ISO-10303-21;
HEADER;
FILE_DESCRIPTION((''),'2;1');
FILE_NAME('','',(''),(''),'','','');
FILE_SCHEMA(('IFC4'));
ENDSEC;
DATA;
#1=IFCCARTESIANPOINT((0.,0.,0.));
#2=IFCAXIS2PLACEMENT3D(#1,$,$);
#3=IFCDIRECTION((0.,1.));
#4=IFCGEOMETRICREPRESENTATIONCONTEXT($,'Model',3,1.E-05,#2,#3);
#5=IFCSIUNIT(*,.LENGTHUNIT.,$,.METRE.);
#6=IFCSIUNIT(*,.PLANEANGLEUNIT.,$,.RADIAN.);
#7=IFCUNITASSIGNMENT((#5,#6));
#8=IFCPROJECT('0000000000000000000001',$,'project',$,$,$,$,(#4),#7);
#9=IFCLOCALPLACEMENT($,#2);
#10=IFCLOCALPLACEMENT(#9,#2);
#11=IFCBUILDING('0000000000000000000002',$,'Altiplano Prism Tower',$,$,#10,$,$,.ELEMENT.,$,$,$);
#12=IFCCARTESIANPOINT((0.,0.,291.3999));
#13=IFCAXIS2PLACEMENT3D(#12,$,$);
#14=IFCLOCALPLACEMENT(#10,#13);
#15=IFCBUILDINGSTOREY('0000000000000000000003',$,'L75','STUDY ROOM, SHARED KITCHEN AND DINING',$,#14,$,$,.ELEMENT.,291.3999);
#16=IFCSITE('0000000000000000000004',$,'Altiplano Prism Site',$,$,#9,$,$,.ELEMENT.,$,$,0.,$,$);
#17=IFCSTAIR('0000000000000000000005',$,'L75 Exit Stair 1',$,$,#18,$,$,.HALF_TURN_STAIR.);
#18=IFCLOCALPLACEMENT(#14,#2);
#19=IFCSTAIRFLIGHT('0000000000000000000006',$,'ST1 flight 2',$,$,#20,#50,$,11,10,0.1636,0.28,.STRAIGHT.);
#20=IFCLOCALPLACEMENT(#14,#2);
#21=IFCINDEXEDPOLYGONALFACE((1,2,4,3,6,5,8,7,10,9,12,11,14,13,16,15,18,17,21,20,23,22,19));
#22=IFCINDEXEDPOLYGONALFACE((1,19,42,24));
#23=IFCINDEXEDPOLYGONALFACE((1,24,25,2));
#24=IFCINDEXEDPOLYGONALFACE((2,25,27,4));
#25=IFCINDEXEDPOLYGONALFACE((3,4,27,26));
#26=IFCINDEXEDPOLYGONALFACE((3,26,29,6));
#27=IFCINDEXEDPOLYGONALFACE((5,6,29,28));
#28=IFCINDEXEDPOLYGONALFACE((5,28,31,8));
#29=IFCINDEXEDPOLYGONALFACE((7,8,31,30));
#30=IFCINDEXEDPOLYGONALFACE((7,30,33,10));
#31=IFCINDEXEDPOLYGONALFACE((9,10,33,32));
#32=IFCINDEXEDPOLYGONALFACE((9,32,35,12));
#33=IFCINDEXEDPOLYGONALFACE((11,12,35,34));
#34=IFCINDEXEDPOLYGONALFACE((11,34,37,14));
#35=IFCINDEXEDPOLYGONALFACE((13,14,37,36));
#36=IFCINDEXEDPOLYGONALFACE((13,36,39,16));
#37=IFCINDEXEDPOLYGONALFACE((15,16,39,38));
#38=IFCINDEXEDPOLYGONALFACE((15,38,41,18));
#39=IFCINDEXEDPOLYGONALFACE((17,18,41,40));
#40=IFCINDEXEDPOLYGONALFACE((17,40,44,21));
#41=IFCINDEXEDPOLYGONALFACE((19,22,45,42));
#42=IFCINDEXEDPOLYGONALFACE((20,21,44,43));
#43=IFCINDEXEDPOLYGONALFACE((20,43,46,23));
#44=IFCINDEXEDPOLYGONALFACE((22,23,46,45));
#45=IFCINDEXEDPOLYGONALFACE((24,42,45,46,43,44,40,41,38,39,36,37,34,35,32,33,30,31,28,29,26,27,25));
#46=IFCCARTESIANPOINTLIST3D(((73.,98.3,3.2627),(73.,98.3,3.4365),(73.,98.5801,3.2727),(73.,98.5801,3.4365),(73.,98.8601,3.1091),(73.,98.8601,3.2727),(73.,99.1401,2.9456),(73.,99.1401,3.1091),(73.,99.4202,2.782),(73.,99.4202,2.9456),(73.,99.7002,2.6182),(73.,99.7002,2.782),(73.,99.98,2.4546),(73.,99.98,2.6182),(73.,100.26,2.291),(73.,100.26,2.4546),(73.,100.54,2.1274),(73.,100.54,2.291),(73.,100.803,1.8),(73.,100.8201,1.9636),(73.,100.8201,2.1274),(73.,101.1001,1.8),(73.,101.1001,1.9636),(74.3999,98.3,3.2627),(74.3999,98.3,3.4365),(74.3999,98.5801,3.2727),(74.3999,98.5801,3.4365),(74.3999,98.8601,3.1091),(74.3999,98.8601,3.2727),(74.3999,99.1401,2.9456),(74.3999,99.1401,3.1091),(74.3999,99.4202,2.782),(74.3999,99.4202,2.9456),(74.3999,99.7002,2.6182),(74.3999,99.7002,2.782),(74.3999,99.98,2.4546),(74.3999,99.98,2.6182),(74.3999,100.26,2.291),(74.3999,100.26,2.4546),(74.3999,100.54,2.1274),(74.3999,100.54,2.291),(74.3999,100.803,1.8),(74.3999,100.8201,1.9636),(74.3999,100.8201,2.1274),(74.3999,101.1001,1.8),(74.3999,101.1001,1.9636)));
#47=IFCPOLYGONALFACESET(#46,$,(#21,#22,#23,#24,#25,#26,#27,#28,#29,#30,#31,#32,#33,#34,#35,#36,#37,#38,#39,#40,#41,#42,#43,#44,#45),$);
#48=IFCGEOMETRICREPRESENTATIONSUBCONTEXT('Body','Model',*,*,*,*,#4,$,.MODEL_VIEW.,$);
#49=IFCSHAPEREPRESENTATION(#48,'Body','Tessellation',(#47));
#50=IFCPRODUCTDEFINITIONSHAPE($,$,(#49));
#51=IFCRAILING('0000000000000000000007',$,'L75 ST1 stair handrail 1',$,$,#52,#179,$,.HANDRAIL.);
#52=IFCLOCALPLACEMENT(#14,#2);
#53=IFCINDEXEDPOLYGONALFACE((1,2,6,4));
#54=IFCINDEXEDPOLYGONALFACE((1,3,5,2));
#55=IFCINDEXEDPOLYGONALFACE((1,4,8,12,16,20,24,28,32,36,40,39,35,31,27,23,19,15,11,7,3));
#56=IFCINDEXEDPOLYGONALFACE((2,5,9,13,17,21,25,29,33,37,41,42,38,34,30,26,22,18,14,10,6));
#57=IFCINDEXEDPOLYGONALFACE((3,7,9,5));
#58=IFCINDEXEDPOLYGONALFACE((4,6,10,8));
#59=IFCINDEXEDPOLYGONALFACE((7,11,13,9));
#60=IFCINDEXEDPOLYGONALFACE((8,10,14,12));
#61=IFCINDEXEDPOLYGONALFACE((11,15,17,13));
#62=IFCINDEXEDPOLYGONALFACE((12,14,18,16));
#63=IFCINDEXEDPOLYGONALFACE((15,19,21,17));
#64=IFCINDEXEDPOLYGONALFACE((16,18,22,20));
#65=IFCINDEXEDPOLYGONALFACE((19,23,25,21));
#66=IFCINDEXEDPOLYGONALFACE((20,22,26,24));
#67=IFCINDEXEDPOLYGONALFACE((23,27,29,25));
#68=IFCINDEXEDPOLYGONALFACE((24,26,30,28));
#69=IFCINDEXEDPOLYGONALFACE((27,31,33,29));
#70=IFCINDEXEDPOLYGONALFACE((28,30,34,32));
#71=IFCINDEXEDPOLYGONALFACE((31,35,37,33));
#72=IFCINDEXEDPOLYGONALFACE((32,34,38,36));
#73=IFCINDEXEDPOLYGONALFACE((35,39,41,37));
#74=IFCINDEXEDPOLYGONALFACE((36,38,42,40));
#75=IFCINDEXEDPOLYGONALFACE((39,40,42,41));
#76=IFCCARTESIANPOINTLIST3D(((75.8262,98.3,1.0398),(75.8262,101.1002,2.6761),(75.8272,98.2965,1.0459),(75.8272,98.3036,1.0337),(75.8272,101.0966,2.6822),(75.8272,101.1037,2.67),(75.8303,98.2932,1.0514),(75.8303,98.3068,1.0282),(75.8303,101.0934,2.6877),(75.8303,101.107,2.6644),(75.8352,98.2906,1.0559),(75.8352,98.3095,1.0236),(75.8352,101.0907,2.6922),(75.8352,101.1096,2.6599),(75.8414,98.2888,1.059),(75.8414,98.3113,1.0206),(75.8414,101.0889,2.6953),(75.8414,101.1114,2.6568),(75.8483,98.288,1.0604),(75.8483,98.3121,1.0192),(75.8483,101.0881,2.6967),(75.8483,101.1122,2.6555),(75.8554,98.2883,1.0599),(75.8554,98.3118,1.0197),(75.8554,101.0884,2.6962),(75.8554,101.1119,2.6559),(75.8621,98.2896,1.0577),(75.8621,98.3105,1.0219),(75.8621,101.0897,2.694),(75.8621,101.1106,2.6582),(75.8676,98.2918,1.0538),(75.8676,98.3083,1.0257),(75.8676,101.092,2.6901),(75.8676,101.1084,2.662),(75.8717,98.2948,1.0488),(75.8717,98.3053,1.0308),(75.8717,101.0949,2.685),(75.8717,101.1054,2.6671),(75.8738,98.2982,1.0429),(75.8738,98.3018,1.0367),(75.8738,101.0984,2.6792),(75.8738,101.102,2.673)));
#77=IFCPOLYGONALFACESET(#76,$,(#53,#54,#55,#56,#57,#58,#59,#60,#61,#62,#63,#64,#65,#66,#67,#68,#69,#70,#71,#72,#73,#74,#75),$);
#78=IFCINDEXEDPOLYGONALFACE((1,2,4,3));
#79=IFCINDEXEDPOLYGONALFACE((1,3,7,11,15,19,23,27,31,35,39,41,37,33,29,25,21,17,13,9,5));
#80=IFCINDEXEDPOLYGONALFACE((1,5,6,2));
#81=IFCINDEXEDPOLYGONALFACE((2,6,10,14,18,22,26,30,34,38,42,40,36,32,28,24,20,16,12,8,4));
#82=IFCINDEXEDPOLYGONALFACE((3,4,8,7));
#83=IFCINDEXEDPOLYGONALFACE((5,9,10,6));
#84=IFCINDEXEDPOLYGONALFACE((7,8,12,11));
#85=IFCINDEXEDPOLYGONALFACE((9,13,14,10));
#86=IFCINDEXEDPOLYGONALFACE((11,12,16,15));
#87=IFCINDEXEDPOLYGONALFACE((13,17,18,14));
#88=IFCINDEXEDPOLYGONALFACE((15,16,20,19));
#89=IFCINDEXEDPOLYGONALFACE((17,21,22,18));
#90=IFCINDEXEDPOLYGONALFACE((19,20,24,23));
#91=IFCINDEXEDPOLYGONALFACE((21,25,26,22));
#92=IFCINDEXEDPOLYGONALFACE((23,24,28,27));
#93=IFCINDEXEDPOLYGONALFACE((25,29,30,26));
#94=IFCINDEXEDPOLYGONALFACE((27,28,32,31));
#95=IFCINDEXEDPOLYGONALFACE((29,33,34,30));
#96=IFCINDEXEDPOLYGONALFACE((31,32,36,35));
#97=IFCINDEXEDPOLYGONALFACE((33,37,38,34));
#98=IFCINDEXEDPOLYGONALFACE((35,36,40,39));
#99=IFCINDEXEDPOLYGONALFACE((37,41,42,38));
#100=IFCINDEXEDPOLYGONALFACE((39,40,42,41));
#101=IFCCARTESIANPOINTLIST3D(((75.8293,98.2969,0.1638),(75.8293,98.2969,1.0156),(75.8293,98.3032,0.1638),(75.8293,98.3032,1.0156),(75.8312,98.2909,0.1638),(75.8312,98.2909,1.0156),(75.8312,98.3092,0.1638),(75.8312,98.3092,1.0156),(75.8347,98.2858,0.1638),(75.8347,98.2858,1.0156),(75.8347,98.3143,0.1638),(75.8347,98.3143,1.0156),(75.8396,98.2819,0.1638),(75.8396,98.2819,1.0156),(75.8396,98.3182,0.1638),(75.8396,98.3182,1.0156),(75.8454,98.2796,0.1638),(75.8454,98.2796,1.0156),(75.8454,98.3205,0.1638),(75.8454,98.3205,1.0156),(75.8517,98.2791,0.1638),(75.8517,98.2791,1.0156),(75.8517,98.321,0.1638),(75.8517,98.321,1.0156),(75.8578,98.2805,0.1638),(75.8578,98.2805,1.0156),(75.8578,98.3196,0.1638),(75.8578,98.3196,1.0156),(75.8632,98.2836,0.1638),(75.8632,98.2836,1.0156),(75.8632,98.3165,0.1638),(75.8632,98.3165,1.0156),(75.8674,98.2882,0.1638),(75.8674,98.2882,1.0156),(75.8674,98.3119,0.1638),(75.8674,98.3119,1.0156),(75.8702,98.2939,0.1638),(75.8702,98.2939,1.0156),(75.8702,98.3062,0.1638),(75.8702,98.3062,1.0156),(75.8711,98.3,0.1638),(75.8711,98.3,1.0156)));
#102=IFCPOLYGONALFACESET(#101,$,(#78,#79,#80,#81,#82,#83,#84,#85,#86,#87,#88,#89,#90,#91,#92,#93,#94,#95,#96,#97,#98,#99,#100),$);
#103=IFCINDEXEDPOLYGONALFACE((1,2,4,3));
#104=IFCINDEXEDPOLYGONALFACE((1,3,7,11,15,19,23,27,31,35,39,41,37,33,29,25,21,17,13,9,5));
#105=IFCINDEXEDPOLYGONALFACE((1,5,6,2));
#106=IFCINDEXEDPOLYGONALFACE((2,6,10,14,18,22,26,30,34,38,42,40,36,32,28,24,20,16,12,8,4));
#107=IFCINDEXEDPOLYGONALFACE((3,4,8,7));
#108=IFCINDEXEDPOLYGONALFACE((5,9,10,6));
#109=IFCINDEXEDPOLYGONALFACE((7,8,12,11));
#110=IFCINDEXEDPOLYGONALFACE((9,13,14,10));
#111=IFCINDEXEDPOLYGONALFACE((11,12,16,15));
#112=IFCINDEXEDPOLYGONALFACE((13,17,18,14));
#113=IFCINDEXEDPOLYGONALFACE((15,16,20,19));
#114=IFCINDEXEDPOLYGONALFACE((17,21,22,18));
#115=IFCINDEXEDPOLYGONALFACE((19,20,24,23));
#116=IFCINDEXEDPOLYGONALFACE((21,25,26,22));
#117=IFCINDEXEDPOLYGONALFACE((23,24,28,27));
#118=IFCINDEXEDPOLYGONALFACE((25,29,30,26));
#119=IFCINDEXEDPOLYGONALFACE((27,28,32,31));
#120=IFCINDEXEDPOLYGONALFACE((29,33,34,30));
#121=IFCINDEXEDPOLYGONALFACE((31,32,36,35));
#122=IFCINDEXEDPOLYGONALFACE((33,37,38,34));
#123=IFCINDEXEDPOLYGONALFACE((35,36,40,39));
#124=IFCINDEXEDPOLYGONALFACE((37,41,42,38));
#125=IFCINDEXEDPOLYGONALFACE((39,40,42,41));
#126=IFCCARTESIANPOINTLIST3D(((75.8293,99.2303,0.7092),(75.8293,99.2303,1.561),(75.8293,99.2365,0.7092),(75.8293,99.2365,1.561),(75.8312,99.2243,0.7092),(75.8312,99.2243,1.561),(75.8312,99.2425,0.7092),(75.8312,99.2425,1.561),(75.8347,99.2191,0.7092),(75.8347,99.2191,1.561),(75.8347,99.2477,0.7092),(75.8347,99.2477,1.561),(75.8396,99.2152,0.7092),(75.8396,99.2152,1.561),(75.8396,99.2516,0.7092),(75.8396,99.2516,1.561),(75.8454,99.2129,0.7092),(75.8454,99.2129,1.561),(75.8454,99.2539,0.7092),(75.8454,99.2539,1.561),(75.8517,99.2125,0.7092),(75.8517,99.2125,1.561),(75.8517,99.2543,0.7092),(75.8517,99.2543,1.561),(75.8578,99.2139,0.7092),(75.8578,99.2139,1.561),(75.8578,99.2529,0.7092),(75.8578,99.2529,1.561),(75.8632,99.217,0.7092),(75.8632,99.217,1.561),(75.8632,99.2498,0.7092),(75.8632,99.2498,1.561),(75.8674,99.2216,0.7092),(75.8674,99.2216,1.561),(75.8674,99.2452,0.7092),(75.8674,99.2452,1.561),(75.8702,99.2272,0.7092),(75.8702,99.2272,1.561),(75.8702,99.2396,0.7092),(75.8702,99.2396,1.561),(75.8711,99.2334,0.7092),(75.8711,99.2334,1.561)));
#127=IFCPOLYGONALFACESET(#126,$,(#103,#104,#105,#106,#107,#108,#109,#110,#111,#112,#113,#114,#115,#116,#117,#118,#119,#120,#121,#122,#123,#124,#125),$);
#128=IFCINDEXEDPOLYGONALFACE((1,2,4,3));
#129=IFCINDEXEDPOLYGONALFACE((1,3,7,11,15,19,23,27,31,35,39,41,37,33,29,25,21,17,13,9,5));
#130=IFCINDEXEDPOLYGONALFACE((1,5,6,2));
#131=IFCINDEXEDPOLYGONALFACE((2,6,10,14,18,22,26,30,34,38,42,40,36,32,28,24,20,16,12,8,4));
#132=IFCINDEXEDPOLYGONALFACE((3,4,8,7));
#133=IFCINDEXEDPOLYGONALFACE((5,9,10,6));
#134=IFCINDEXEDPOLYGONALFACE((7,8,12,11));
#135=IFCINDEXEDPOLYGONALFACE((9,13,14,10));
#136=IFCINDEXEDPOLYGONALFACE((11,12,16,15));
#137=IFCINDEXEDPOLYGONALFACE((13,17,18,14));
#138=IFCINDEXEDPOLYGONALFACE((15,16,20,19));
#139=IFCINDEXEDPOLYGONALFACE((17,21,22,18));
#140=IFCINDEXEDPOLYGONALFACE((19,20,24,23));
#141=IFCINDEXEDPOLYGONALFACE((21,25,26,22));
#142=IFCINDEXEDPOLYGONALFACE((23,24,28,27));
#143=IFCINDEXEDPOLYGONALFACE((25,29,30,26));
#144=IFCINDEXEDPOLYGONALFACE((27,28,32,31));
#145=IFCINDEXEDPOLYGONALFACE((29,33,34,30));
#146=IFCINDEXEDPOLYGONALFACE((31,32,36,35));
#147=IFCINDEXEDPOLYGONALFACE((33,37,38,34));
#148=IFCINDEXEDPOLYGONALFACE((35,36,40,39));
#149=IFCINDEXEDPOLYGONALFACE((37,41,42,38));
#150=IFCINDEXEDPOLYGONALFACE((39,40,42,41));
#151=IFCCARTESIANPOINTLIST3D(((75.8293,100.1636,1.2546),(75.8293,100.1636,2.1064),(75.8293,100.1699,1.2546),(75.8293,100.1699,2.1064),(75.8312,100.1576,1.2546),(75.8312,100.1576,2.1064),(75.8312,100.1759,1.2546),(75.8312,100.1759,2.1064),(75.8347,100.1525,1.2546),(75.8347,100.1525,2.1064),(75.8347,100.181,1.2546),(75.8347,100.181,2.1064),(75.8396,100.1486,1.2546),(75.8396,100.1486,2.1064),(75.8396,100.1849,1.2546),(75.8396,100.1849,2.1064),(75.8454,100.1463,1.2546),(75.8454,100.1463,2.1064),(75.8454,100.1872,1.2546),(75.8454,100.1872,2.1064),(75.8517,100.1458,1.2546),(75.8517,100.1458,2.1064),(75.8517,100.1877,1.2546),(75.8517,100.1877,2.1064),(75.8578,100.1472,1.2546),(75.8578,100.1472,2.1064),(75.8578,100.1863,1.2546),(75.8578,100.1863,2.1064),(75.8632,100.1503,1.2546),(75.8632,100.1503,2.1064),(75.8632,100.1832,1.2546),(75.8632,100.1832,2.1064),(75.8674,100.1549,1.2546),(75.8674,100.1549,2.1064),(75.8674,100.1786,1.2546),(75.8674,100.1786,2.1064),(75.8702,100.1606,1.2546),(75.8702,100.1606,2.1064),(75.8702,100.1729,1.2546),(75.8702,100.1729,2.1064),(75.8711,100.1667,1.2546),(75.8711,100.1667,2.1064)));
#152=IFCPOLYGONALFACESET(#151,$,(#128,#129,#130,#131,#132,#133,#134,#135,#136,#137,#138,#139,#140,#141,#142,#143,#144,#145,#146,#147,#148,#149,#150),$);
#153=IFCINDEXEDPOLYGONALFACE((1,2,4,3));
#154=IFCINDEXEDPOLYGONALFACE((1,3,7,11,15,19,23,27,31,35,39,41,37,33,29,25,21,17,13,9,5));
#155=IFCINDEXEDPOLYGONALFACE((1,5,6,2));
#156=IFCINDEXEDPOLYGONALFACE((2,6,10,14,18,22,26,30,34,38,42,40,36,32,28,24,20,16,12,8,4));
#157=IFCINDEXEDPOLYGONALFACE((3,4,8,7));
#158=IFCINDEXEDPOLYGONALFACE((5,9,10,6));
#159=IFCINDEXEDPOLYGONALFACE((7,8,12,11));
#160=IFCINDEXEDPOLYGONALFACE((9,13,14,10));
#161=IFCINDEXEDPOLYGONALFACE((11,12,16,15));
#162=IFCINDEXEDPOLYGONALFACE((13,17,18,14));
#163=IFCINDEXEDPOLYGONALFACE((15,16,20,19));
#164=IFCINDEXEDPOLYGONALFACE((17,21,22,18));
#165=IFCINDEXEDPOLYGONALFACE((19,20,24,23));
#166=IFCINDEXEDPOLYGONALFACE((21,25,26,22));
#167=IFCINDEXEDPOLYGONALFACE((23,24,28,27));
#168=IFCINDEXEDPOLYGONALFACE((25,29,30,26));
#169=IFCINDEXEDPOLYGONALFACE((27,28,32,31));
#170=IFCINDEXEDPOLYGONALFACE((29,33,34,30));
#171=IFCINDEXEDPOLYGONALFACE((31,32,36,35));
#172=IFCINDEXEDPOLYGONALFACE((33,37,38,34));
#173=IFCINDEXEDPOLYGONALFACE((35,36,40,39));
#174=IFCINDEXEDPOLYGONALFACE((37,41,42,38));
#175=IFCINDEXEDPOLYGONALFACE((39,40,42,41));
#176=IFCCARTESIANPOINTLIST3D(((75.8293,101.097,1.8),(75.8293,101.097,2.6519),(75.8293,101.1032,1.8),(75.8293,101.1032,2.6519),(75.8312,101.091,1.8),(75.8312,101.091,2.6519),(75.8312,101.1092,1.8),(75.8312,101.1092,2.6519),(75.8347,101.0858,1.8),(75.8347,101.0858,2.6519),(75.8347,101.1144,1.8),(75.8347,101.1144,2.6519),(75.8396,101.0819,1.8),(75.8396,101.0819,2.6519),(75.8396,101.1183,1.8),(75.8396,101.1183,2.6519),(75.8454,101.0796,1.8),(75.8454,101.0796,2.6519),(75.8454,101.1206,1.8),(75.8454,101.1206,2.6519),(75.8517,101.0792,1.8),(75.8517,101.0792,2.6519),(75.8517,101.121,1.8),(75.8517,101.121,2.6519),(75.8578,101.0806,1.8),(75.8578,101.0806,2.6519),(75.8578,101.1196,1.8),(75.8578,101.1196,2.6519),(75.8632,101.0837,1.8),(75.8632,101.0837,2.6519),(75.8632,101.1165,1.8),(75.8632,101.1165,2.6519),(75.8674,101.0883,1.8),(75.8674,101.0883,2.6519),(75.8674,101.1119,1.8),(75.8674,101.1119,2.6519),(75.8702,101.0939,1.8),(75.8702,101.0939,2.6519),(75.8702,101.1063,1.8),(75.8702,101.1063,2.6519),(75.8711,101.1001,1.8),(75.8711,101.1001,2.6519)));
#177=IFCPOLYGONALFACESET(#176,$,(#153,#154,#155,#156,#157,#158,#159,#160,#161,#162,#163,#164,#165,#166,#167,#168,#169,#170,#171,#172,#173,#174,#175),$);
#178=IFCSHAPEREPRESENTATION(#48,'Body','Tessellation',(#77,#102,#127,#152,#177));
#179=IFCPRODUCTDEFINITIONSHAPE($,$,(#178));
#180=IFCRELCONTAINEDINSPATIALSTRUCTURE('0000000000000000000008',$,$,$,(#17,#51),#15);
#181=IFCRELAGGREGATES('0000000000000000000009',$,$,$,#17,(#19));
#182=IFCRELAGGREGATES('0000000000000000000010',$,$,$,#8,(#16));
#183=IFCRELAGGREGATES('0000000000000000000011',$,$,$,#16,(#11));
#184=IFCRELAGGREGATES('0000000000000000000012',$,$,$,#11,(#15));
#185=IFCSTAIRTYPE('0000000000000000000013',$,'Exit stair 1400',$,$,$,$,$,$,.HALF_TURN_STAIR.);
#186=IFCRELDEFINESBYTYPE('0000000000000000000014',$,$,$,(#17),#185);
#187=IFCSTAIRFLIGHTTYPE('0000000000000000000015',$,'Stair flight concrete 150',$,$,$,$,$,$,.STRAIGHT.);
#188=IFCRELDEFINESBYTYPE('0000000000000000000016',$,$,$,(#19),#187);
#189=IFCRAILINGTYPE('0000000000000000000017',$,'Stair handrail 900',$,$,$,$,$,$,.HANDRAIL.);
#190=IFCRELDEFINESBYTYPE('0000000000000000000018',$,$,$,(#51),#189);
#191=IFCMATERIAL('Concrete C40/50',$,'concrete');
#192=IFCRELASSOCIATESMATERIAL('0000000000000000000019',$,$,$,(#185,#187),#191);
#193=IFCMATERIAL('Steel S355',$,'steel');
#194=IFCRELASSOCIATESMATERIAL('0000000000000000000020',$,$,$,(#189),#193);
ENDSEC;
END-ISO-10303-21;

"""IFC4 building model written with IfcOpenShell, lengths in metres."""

from ifc_helpers import new_model, si_unit, direction, frame, origin, origin_2d, place, context, subcontext, project, spatial, polyline, circle, outline, extrude, material, type_object, element, aggregate, save


model = new_model("IFC4")

# Units and contexts
model_context = context("Model", 3, precision=1e-05, world=origin(), true_north=direction((0.0, 1.0)))
body_context = subcontext(model_context, "Body", "Model", "MODEL_VIEW")
ifc_project = project(units=[si_unit("LENGTHUNIT", "METRE"), si_unit("PLANEANGLEUNIT", "RADIAN")], contexts=[model_context])

# Site, building, storey
site_placement = place(None, origin())
site = spatial("IfcSite", under=ifc_project, at=site_placement, Name="Altiplano Prism Site", CompositionType="ELEMENT", RefElevation=0.0)
building_placement = place(site_placement, origin())
building = spatial("IfcBuilding", under=site, at=building_placement, Name="Altiplano Prism Tower", CompositionType="ELEMENT")
storey_placement = place(building_placement, frame((0.0, 0.0, 291.3999)))
storey = spatial("IfcBuildingStorey", under=building, at=storey_placement, Name="L75", Description="STUDY ROOM, SHARED KITCHEN AND DINING", CompositionType="ELEMENT", Elevation=291.3999)

# Shared definitions
ifc_material_1 = material(Name="Steel S355", Category="steel")

# Stair, stair flight
ifc_material_2 = material(Name="Concrete C40/50", Category="concrete")
stair_type = type_object("IfcStairType", Name="Exit stair 1400", PredefinedType="HALF_TURN_STAIR", material=ifc_material_2)
stair_placement = place(storey_placement, origin())
stair = element("IfcStair", 1, at=stair_placement, inside=storey, type_object=stair_type, Name="L75 Exit Stair 1", PredefinedType="HALF_TURN_STAIR")
stair_flight_type = type_object("IfcStairFlightType", Name="Stair flight concrete 150", PredefinedType="STRAIGHT", material=ifc_material_2)
stair_flight_placement = place(storey_placement, frame((73.7, 101.1001, 1.8), z_axis=(0.0, 0.0, 1.0), x_axis=(0.0, -1.0, 0.0)))
stair_flight = element("IfcStairFlight", 2, at=stair_flight_placement, type_object=stair_flight_type, Name="ST1 flight 2", NumberOfRisers=11, NumberOfTreads=10, PredefinedType="STRAIGHT", RiserHeight=0.1636, TreadLength=0.28, context=body_context, shape_type="SweptSolid", body=[
    extrude(outline(polyline([(0.0, 0.0), (0.0, 0.1636), (0.28, 0.1636), (0.28, 0.3274), (0.5601, 0.3274), (0.5601, 0.491), (0.8401, 0.491), (0.8401, 0.6545), (1.1201, 0.6545), (1.1201, 0.8181), (1.3999, 0.8181), (1.3999, 0.9819), (1.6799, 0.9819), (1.6799, 1.1455), (1.96, 1.1455), (1.96, 1.3091), (2.24, 1.3091), (2.24, 1.4727), (2.52, 1.4727), (2.52, 1.6365), (2.8, 1.6365), (2.8, 1.8), (2.8, 1.4626), (0.2971, 0.0), (0.0, 0.0)])), frame((0.0, 0.7, 0.0), z_axis=(0.0, -1.0, 0.0), x_axis=(1.0, 0.0, 0.0)), (0.0, 0.0, 1.0), 1.3999),
])
aggregate(stair, [stair_flight])

# Railing
railing_type = type_object("IfcRailingType", Name="Stair handrail 900", PredefinedType="HANDRAIL", material=ifc_material_1)
railing_1_placement = place(storey_placement, frame((75.8501, 98.3, 0.1638)))
element("IfcRailing", 3, at=railing_1_placement, inside=storey, type_object=railing_type, Name="L75 ST1 stair handrail 1", PredefinedType="HANDRAIL", context=body_context, shape_type="SweptSolid", body=[
    extrude(circle(Radius=0.0239, at=origin_2d()), frame((0.0, 0.0, 0.876), z_axis=(0.0, 0.863394, 0.504531), x_axis=(-1.0, 0.0, 0.0)), (0.0, 0.0, 1.0), 3.2432),
    extrude(circle(Radius=0.021, at=origin_2d()), origin(), (0.0, 0.0, 1.0), 0.8518),
    extrude(circle(Radius=0.021, at=origin_2d()), frame((0.0, 0.9333, 0.5454)), (0.0, 0.0, 1.0), 0.8518),
    extrude(circle(Radius=0.021, at=origin_2d()), frame((0.0, 1.8667, 1.0908)), (0.0, 0.0, 1.0), 0.8518),
    extrude(circle(Radius=0.021, at=origin_2d()), frame((0.0, 2.8, 1.6362)), (0.0, 0.0, 1.0), 0.8518),
])

save(model, "model.ifc")
